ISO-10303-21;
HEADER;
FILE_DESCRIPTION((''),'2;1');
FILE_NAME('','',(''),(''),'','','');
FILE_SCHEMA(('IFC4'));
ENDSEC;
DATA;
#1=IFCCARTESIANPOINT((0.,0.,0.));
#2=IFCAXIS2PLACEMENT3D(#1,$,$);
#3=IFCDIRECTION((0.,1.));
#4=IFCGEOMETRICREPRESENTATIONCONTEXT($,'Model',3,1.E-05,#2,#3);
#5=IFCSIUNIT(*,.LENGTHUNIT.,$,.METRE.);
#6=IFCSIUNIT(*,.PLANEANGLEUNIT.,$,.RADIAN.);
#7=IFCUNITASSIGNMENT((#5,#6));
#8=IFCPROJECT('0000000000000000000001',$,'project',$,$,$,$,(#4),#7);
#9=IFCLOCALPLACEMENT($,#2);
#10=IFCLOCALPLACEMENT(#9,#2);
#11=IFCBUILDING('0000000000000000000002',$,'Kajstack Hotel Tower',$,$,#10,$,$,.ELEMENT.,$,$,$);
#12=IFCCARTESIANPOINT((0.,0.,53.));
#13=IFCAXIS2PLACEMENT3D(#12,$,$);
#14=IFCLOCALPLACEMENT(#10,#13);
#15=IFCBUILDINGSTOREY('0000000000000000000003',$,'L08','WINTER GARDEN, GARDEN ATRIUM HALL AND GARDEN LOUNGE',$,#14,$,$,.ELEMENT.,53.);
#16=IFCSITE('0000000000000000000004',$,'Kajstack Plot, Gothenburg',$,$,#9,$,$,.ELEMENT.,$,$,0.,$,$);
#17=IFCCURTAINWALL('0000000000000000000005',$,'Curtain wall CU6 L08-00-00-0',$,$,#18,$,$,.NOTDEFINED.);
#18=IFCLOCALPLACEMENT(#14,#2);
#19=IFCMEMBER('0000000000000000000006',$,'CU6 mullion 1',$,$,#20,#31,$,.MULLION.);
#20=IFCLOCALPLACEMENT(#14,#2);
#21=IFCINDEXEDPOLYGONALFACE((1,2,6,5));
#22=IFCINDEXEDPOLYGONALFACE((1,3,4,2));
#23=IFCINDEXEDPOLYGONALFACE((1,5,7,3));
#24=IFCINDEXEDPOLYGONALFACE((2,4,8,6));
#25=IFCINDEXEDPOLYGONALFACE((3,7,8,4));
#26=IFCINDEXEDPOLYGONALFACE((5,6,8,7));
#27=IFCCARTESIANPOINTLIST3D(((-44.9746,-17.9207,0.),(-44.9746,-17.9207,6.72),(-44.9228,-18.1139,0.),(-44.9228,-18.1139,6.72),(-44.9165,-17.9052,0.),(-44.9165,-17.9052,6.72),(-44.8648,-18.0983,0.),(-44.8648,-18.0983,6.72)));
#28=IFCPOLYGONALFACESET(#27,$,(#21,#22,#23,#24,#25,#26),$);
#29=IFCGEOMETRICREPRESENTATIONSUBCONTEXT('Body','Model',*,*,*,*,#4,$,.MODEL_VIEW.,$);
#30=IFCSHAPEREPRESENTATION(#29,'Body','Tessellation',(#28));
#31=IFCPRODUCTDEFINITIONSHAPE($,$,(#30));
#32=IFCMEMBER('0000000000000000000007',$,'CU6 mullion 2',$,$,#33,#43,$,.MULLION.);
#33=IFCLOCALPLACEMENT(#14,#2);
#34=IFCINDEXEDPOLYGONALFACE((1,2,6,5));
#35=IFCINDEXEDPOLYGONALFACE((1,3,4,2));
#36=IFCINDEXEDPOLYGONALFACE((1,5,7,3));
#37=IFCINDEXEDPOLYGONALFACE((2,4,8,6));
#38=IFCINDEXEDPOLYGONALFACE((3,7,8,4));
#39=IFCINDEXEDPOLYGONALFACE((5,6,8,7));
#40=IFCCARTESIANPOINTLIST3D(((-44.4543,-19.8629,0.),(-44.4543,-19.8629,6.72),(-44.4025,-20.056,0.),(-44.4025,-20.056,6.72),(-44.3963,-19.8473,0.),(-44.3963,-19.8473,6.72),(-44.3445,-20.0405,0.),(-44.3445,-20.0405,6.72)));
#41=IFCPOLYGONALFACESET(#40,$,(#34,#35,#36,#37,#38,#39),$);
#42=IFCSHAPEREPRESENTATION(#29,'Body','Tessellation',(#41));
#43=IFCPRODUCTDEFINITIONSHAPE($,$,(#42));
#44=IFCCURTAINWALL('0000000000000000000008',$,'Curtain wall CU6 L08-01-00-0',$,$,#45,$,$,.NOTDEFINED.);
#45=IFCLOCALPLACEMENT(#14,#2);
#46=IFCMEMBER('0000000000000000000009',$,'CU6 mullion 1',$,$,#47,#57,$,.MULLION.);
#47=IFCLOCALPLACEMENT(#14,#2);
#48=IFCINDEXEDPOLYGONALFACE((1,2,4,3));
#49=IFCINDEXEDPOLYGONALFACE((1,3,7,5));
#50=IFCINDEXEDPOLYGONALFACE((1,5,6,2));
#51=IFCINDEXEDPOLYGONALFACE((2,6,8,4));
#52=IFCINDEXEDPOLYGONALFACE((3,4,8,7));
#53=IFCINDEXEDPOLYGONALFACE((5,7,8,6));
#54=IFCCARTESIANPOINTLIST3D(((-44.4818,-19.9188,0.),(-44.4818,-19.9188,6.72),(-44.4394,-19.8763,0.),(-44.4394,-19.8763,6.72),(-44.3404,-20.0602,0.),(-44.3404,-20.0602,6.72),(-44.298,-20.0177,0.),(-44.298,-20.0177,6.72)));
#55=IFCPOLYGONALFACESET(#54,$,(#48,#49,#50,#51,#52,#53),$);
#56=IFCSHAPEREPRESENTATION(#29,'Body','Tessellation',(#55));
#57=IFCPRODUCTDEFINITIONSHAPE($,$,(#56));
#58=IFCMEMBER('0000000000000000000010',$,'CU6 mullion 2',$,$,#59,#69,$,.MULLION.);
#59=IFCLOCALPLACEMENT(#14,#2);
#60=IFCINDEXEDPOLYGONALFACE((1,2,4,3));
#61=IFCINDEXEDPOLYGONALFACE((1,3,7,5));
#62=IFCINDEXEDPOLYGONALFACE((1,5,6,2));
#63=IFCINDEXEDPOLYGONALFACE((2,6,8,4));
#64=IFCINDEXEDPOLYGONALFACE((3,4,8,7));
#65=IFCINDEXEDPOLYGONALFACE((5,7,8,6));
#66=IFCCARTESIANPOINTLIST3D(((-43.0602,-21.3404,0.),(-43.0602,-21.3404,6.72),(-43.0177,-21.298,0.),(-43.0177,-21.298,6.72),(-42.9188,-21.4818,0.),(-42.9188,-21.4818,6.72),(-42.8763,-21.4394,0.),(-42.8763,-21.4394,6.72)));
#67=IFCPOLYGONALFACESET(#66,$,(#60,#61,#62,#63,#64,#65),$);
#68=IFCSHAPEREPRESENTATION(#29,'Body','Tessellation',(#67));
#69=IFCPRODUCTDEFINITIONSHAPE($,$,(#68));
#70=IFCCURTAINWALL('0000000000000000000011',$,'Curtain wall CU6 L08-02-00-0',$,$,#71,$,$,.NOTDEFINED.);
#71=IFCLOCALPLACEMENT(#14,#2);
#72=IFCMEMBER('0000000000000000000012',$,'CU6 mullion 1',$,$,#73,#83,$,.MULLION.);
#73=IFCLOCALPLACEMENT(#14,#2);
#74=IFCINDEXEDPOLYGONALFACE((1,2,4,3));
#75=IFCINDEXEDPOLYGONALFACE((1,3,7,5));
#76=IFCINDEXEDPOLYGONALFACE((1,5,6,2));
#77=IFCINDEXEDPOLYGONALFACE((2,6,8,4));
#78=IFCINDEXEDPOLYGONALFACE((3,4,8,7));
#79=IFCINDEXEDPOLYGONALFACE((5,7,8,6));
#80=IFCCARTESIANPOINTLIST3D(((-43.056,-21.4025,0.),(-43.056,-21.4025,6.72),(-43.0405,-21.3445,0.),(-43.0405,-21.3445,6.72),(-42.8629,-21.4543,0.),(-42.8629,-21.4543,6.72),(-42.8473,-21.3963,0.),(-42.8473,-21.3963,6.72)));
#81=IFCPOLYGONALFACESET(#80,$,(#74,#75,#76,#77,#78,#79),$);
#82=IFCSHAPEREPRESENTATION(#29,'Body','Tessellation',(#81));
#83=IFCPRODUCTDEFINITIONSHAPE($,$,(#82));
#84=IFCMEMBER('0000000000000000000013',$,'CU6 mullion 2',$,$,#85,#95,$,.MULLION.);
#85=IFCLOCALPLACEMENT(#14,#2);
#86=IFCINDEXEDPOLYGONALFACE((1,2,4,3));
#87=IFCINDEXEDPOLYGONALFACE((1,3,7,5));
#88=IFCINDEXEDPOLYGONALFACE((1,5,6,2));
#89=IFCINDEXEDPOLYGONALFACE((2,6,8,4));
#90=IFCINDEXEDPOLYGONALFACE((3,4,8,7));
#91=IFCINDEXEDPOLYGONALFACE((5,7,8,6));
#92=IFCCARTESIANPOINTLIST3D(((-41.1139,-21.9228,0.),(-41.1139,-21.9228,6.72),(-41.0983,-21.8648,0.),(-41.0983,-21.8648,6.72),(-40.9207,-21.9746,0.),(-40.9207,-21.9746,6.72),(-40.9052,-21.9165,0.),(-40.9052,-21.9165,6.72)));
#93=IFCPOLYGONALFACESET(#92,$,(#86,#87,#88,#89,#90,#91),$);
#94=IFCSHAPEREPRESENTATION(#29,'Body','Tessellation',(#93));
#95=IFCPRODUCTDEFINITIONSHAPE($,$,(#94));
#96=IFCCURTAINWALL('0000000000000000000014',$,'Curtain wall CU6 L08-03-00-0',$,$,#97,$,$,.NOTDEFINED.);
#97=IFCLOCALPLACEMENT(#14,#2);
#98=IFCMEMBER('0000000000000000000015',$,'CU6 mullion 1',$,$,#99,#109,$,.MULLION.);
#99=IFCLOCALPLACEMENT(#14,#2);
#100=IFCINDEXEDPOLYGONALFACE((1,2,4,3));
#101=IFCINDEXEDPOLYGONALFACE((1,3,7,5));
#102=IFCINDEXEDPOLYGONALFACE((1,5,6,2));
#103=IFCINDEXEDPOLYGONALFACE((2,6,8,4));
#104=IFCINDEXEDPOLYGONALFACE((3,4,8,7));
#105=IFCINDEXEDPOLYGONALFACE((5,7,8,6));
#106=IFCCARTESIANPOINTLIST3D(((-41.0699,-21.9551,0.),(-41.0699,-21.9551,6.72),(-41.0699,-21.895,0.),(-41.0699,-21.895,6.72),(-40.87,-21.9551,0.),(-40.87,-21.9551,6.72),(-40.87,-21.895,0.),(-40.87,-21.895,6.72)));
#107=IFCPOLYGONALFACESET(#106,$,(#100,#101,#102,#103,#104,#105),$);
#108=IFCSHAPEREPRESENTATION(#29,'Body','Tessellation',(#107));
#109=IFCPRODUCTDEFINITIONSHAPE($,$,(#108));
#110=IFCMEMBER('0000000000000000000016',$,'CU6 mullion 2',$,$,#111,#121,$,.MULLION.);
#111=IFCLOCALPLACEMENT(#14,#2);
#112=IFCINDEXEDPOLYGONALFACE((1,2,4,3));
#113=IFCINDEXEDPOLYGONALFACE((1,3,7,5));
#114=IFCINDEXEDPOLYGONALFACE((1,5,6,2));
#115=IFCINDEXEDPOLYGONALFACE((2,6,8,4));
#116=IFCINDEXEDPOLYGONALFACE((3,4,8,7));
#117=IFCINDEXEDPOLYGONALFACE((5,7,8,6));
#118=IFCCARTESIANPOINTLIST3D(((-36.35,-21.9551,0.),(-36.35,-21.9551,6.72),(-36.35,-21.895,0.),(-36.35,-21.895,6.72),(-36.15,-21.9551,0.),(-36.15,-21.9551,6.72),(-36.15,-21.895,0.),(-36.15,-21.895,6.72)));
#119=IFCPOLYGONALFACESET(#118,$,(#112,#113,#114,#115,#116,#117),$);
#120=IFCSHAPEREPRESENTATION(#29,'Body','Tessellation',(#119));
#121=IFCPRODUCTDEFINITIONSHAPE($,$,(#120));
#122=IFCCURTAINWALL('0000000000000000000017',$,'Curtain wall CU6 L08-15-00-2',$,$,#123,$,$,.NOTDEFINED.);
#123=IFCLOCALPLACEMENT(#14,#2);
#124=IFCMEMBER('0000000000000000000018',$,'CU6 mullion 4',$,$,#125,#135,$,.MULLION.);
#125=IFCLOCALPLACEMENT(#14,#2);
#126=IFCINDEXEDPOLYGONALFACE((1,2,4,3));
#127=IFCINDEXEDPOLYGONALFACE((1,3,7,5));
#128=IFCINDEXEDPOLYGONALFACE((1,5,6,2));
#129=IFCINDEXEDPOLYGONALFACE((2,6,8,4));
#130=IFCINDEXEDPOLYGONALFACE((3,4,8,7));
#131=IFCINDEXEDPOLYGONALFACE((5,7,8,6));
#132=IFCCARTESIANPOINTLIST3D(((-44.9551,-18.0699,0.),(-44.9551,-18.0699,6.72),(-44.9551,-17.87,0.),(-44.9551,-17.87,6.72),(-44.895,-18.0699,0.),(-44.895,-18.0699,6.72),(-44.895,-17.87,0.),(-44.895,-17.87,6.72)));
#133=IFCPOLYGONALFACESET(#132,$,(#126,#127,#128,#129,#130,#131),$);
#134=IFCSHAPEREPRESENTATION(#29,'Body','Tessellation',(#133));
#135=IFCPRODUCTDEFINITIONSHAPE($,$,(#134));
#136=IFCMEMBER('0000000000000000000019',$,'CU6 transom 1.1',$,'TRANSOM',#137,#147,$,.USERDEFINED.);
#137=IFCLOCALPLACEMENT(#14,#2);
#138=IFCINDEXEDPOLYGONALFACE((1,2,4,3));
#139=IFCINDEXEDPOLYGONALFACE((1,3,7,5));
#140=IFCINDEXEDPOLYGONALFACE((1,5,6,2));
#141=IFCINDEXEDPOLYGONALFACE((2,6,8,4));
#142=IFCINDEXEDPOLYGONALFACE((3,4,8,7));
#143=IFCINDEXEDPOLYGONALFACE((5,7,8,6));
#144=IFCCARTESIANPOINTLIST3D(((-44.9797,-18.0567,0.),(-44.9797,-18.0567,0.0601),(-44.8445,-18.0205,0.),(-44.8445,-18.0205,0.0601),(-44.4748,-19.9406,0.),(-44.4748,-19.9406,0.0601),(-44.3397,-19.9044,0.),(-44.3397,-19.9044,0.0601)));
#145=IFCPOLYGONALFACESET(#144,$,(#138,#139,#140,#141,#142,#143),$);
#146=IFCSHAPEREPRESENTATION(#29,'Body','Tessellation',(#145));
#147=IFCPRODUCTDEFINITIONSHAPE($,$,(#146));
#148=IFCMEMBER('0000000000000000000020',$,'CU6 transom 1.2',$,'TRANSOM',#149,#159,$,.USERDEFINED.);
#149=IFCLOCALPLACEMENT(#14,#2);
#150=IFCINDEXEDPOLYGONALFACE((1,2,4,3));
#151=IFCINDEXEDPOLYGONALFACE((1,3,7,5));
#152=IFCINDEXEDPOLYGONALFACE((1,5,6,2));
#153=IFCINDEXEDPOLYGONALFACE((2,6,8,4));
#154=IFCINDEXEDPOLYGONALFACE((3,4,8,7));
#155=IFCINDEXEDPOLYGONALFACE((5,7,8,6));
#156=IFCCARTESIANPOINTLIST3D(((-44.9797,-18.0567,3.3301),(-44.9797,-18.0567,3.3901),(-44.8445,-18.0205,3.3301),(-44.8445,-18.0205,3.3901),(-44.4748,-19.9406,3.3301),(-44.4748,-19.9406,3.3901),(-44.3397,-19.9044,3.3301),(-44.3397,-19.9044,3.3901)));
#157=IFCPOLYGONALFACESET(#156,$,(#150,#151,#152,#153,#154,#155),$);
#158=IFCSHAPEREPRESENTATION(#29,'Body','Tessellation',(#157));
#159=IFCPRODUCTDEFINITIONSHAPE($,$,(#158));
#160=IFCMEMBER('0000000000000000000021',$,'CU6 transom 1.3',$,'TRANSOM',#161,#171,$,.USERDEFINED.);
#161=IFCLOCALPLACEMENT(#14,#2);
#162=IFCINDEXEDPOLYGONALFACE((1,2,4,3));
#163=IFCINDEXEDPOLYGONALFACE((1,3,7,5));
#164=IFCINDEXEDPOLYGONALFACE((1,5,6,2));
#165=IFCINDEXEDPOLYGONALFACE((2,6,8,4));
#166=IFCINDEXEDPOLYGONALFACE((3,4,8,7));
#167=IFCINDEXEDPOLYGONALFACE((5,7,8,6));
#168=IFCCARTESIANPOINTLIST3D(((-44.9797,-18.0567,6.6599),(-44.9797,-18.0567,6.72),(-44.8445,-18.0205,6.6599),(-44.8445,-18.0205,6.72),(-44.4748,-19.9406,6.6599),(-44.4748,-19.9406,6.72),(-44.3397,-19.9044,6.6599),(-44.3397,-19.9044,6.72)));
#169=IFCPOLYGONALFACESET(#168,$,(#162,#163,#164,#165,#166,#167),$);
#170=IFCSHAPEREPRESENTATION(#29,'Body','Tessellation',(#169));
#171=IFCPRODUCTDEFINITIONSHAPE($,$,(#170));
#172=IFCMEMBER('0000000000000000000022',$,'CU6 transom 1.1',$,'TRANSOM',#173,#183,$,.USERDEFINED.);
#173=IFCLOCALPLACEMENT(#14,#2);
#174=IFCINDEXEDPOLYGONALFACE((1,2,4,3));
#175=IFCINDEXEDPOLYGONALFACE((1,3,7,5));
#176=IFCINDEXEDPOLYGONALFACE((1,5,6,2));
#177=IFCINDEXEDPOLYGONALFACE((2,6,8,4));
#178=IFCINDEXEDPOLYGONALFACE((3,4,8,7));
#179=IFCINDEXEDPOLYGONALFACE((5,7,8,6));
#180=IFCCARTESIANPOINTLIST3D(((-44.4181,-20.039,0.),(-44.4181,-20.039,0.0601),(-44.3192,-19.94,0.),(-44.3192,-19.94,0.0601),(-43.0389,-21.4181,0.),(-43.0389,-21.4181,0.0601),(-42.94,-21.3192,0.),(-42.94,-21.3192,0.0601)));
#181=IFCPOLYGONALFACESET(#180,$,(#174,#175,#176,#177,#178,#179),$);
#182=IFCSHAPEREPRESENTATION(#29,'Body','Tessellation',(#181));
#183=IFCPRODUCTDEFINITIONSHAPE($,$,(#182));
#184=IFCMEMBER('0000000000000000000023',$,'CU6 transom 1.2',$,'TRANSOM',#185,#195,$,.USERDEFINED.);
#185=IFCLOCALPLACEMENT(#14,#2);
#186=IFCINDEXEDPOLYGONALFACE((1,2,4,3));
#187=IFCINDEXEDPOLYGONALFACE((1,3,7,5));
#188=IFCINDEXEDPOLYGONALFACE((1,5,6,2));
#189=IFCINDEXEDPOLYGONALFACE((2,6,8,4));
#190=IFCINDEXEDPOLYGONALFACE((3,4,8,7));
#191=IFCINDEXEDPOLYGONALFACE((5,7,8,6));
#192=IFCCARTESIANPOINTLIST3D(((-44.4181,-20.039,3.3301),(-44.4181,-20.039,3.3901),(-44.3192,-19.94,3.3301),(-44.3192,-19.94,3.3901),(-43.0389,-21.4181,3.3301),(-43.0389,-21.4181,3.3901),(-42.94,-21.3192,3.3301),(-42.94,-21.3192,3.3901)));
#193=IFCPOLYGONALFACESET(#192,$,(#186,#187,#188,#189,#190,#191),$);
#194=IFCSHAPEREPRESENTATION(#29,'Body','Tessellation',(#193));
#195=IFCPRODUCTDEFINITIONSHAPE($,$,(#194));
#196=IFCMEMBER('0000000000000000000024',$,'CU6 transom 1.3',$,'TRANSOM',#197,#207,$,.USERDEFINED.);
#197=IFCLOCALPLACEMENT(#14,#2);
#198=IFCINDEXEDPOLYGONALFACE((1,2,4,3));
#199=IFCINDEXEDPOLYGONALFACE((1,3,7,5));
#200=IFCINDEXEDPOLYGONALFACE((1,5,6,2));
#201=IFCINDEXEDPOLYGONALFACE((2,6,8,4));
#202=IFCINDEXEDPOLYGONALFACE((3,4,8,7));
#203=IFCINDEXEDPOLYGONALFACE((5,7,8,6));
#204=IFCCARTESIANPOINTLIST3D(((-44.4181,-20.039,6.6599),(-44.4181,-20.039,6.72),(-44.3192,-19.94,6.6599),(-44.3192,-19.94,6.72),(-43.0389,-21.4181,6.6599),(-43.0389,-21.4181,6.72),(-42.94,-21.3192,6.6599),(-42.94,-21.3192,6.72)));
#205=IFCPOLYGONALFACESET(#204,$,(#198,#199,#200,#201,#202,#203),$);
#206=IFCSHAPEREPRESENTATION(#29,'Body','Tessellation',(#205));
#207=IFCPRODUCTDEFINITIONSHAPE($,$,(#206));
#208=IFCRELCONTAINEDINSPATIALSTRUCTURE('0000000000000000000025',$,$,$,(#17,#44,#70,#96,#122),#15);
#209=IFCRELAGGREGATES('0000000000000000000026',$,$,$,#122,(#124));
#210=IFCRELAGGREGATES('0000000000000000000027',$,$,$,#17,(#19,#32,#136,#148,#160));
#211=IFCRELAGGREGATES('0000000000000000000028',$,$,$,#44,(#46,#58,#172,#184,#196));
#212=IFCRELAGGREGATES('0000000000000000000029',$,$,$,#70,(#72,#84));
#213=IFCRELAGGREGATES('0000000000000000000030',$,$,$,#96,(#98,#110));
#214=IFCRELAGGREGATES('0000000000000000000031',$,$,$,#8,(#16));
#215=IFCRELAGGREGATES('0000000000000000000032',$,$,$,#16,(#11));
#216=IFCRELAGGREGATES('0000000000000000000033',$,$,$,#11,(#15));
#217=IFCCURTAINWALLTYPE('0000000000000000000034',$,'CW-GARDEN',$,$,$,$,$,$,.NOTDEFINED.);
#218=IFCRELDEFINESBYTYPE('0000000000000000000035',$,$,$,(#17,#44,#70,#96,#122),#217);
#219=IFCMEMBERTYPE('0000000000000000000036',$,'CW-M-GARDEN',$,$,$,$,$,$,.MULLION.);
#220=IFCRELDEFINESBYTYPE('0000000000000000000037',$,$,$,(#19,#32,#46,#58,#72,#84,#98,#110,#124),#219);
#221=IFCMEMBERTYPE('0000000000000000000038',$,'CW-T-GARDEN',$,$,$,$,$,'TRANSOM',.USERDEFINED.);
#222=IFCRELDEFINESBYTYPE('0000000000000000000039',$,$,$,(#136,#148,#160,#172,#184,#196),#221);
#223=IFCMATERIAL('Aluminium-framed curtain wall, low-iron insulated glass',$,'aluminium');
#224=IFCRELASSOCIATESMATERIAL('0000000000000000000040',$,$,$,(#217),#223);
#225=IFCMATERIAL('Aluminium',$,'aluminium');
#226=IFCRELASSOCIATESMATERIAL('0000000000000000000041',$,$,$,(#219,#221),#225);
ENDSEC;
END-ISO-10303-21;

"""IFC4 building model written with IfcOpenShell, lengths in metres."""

from ifc_helpers import new_model, si_unit, direction, frame, origin, origin_2d, place, context, subcontext, project, spatial, rectangle, extrude, material, material_profile, profile_set, type_object, element, aggregate, save


model = new_model("IFC4")

# Units and contexts
model_context = context("Model", 3, precision=1e-05, world=origin(), true_north=direction((0.0, 1.0)))
body_context = subcontext(model_context, "Body", "Model", "MODEL_VIEW")
ifc_project = project(units=[si_unit("LENGTHUNIT", "METRE"), si_unit("PLANEANGLEUNIT", "RADIAN")], contexts=[model_context])

# Site, building, storey
site_placement = place(None, origin())
site = spatial("IfcSite", under=ifc_project, at=site_placement, Name="Kajstack Plot, Gothenburg", CompositionType="ELEMENT", RefElevation=0.0)
building_placement = place(site_placement, origin())
building = spatial("IfcBuilding", under=site, at=building_placement, Name="Kajstack Hotel Tower", CompositionType="ELEMENT")
storey_placement = place(building_placement, frame((0.0, 0.0, 53.0)))
storey = spatial("IfcBuildingStorey", under=building, at=storey_placement, Name="L08", Description="WINTER GARDEN, GARDEN ATRIUM HALL AND GARDEN LOUNGE", CompositionType="ELEMENT", Elevation=53.0)

# Curtain walls, members
ifc_material_1 = material(Name="Aluminium-framed curtain wall, low-iron insulated glass", Category="aluminium")
curtain_wall_type = type_object("IfcCurtainWallType", Name="CW-GARDEN", PredefinedType="NOTDEFINED", material=ifc_material_1)
curtain_wall_1_placement = place(storey_placement, origin())
curtain_wall_1 = element("IfcCurtainWall", 1, at=curtain_wall_1_placement, inside=storey, type_object=curtain_wall_type, Name="Curtain wall CU6 L08-00-00-0", PredefinedType="NOTDEFINED")
ifc_material_2 = material(Name="Aluminium", Category="aluminium")
ifc_material_profile_1 = material_profile(ifc_material_2, rectangle(XDim=0.0601, YDim=0.2, at=origin_2d()), Name="Aluminium mullion 60 x 200")
ifc_profile_set_1 = profile_set([ifc_material_profile_1], Name="Aluminium")
member_type_1 = type_object("IfcMemberType", Name="CW-M-GARDEN", PredefinedType="MULLION", material=ifc_profile_set_1)
member_1_placement = place(storey_placement, frame((-44.9197, -18.0095, 0.0), z_axis=(0.0, 0.0, 1.0), x_axis=(0.965926, 0.25882, 0.0)))
member_1 = element("IfcMember", 2, at=member_1_placement, type_object=member_type_1, Name="CU6 mullion 1", PredefinedType="MULLION", context=body_context, shape_type="SweptSolid", body=[
    extrude(rectangle(XDim=0.0601, YDim=0.2, at=origin_2d()), origin(), (0.0, 0.0, 1.0), 6.72),
])
member_2_placement = place(storey_placement, frame((-44.3994, -19.9517, 0.0), z_axis=(0.0, 0.0, 1.0), x_axis=(0.965926, 0.25882, 0.0)))
member_2 = element("IfcMember", 3, at=member_2_placement, type_object=member_type_1, Name="CU6 mullion 2", PredefinedType="MULLION", context=body_context, shape_type="SweptSolid", body=[
    extrude(rectangle(XDim=0.0601, YDim=0.2, at=origin_2d()), origin(), (0.0, 0.0, 1.0), 6.72),
])
curtain_wall_2_placement = place(storey_placement, origin())
curtain_wall_2 = element("IfcCurtainWall", 4, at=curtain_wall_2_placement, inside=storey, type_object=curtain_wall_type, Name="Curtain wall CU6 L08-01-00-0", PredefinedType="NOTDEFINED")
member_3_placement = place(storey_placement, frame((-44.3899, -19.9683, 0.0), z_axis=(0.0, 0.0, 1.0), x_axis=(0.707107, 0.707107, 0.0)))
member_3 = element("IfcMember", 5, at=member_3_placement, type_object=member_type_1, Name="CU6 mullion 1", PredefinedType="MULLION", context=body_context, shape_type="SweptSolid", body=[
    extrude(rectangle(XDim=0.0601, YDim=0.2, at=origin_2d()), origin(), (0.0, 0.0, 1.0), 6.72),
])
member_4_placement = place(storey_placement, frame((-42.9683, -21.3899, 0.0), z_axis=(0.0, 0.0, 1.0), x_axis=(0.707107, 0.707107, 0.0)))
member_4 = element("IfcMember", 6, at=member_4_placement, type_object=member_type_1, Name="CU6 mullion 2", PredefinedType="MULLION", context=body_context, shape_type="SweptSolid", body=[
    extrude(rectangle(XDim=0.0601, YDim=0.2, at=origin_2d()), origin(), (0.0, 0.0, 1.0), 6.72),
])
curtain_wall_3_placement = place(storey_placement, origin())
curtain_wall_3 = element("IfcCurtainWall", 7, at=curtain_wall_3_placement, inside=storey, type_object=curtain_wall_type, Name="Curtain wall CU6 L08-02-00-0", PredefinedType="NOTDEFINED")
member_5_placement = place(storey_placement, frame((-42.9517, -21.3994, 0.0), z_axis=(0.0, 0.0, 1.0), x_axis=(0.25882, 0.965926, 0.0)))
member_5 = element("IfcMember", 8, at=member_5_placement, type_object=member_type_1, Name="CU6 mullion 1", PredefinedType="MULLION", context=body_context, shape_type="SweptSolid", body=[
    extrude(rectangle(XDim=0.0601, YDim=0.2, at=origin_2d()), origin(), (0.0, 0.0, 1.0), 6.72),
])
member_6_placement = place(storey_placement, frame((-41.0095, -21.9197, 0.0), z_axis=(0.0, 0.0, 1.0), x_axis=(0.25882, 0.965926, 0.0)))
member_6 = element("IfcMember", 9, at=member_6_placement, type_object=member_type_1, Name="CU6 mullion 2", PredefinedType="MULLION", context=body_context, shape_type="SweptSolid", body=[
    extrude(rectangle(XDim=0.0601, YDim=0.2, at=origin_2d()), origin(), (0.0, 0.0, 1.0), 6.72),
])
curtain_wall_4_placement = place(storey_placement, origin())
curtain_wall_4 = element("IfcCurtainWall", 10, at=curtain_wall_4_placement, inside=storey, type_object=curtain_wall_type, Name="Curtain wall CU6 L08-03-00-0", PredefinedType="NOTDEFINED")
member_7_placement = place(storey_placement, frame((-40.97, -21.925, 0.0), z_axis=(0.0, 0.0, 1.0), x_axis=(0.0, 1.0, 0.0)))
member_7 = element("IfcMember", 11, at=member_7_placement, type_object=member_type_1, Name="CU6 mullion 1", PredefinedType="MULLION", context=body_context, shape_type="SweptSolid", body=[
    extrude(rectangle(XDim=0.0601, YDim=0.2, at=origin_2d()), origin(), (0.0, 0.0, 1.0), 6.72),
])
member_8_placement = place(storey_placement, frame((-36.25, -21.925, 0.0), z_axis=(0.0, 0.0, 1.0), x_axis=(0.0, 1.0, 0.0)))
member_8 = element("IfcMember", 12, at=member_8_placement, type_object=member_type_1, Name="CU6 mullion 2", PredefinedType="MULLION", context=body_context, shape_type="SweptSolid", body=[
    extrude(rectangle(XDim=0.0601, YDim=0.2, at=origin_2d()), origin(), (0.0, 0.0, 1.0), 6.72),
])

# Curtain wall, member
curtain_wall_5_placement = place(storey_placement, origin())
curtain_wall_5 = element("IfcCurtainWall", 13, at=curtain_wall_5_placement, inside=storey, type_object=curtain_wall_type, Name="Curtain wall CU6 L08-15-00-2", PredefinedType="NOTDEFINED")
member_9_placement = place(storey_placement, frame((-44.925, -17.97, 0.0), z_axis=(0.0, 0.0, 1.0), x_axis=(1.0, 0.0, 0.0)))
member_9 = element("IfcMember", 14, at=member_9_placement, type_object=member_type_1, Name="CU6 mullion 4", PredefinedType="MULLION", context=body_context, shape_type="SweptSolid", body=[
    extrude(rectangle(XDim=0.0601, YDim=0.2, at=origin_2d()), origin(), (0.0, 0.0, 1.0), 6.72),
])
aggregate(curtain_wall_5, [member_9])

# Members
ifc_material_profile_2 = material_profile(ifc_material_2, rectangle(XDim=0.1399, YDim=0.0601, at=origin_2d()), Name="Aluminium transom 140 x 60")
ifc_profile_set_2 = profile_set([ifc_material_profile_2], Name="Aluminium")
member_type_2 = type_object("IfcMemberType", Name="CW-T-GARDEN", ElementType="TRANSOM", PredefinedType="USERDEFINED", material=ifc_profile_set_2)
member_10_placement = place(storey_placement, frame((-44.9121, -18.0386, 0.03), z_axis=(0.258847, -0.965918, 0.0), x_axis=(0.965918, 0.258847, 0.0)))
member_10 = element("IfcMember", 15, at=member_10_placement, type_object=member_type_2, Name="CU6 transom 1.1", ObjectType="TRANSOM", PredefinedType="USERDEFINED", context=body_context, shape_type="SweptSolid", body=[
    extrude(rectangle(XDim=0.1399, YDim=0.0601, at=origin_2d()), origin(), (0.0, 0.0, 1.0), 1.9504),
])
member_11_placement = place(storey_placement, frame((-44.9121, -18.0386, 3.3601), z_axis=(0.258847, -0.965918, 0.0), x_axis=(0.965918, 0.258847, 0.0)))
member_11 = element("IfcMember", 16, at=member_11_placement, type_object=member_type_2, Name="CU6 transom 1.2", ObjectType="TRANSOM", PredefinedType="USERDEFINED", context=body_context, shape_type="SweptSolid", body=[
    extrude(rectangle(XDim=0.1399, YDim=0.0601, at=origin_2d()), origin(), (0.0, 0.0, 1.0), 1.9504),
])
member_12_placement = place(storey_placement, frame((-44.9121, -18.0386, 6.6899), z_axis=(0.258847, -0.965918, 0.0), x_axis=(0.965918, 0.258847, 0.0)))
member_12 = element("IfcMember", 17, at=member_12_placement, type_object=member_type_2, Name="CU6 transom 1.3", ObjectType="TRANSOM", PredefinedType="USERDEFINED", context=body_context, shape_type="SweptSolid", body=[
    extrude(rectangle(XDim=0.1399, YDim=0.0601, at=origin_2d()), origin(), (0.0, 0.0, 1.0), 1.9504),
])
member_13_placement = place(storey_placement, frame((-44.3687, -19.9895, 0.03), z_axis=(0.707107, -0.707107, 0.0), x_axis=(0.707107, 0.707107, 0.0)))
member_13 = element("IfcMember", 18, at=member_13_placement, type_object=member_type_2, Name="CU6 transom 1.1", ObjectType="TRANSOM", PredefinedType="USERDEFINED", context=body_context, shape_type="SweptSolid", body=[
    extrude(rectangle(XDim=0.1399, YDim=0.0601, at=origin_2d()), origin(), (0.0, 0.0, 1.0), 1.9504),
])
member_14_placement = place(storey_placement, frame((-44.3687, -19.9895, 3.3601), z_axis=(0.707107, -0.707107, 0.0), x_axis=(0.707107, 0.707107, 0.0)))
member_14 = element("IfcMember", 19, at=member_14_placement, type_object=member_type_2, Name="CU6 transom 1.2", ObjectType="TRANSOM", PredefinedType="USERDEFINED", context=body_context, shape_type="SweptSolid", body=[
    extrude(rectangle(XDim=0.1399, YDim=0.0601, at=origin_2d()), origin(), (0.0, 0.0, 1.0), 1.9504),
])
member_15_placement = place(storey_placement, frame((-44.3687, -19.9895, 6.6899), z_axis=(0.707107, -0.707107, 0.0), x_axis=(0.707107, 0.707107, 0.0)))
member_15 = element("IfcMember", 20, at=member_15_placement, type_object=member_type_2, Name="CU6 transom 1.3", ObjectType="TRANSOM", PredefinedType="USERDEFINED", context=body_context, shape_type="SweptSolid", body=[
    extrude(rectangle(XDim=0.1399, YDim=0.0601, at=origin_2d()), origin(), (0.0, 0.0, 1.0), 1.9504),
])

aggregate(curtain_wall_1, [member_1, member_2, member_10, member_11, member_12])
aggregate(curtain_wall_2, [member_3, member_4, member_13, member_14, member_15])
aggregate(curtain_wall_3, [member_5, member_6])
aggregate(curtain_wall_4, [member_7, member_8])

save(model, "model.ifc")
